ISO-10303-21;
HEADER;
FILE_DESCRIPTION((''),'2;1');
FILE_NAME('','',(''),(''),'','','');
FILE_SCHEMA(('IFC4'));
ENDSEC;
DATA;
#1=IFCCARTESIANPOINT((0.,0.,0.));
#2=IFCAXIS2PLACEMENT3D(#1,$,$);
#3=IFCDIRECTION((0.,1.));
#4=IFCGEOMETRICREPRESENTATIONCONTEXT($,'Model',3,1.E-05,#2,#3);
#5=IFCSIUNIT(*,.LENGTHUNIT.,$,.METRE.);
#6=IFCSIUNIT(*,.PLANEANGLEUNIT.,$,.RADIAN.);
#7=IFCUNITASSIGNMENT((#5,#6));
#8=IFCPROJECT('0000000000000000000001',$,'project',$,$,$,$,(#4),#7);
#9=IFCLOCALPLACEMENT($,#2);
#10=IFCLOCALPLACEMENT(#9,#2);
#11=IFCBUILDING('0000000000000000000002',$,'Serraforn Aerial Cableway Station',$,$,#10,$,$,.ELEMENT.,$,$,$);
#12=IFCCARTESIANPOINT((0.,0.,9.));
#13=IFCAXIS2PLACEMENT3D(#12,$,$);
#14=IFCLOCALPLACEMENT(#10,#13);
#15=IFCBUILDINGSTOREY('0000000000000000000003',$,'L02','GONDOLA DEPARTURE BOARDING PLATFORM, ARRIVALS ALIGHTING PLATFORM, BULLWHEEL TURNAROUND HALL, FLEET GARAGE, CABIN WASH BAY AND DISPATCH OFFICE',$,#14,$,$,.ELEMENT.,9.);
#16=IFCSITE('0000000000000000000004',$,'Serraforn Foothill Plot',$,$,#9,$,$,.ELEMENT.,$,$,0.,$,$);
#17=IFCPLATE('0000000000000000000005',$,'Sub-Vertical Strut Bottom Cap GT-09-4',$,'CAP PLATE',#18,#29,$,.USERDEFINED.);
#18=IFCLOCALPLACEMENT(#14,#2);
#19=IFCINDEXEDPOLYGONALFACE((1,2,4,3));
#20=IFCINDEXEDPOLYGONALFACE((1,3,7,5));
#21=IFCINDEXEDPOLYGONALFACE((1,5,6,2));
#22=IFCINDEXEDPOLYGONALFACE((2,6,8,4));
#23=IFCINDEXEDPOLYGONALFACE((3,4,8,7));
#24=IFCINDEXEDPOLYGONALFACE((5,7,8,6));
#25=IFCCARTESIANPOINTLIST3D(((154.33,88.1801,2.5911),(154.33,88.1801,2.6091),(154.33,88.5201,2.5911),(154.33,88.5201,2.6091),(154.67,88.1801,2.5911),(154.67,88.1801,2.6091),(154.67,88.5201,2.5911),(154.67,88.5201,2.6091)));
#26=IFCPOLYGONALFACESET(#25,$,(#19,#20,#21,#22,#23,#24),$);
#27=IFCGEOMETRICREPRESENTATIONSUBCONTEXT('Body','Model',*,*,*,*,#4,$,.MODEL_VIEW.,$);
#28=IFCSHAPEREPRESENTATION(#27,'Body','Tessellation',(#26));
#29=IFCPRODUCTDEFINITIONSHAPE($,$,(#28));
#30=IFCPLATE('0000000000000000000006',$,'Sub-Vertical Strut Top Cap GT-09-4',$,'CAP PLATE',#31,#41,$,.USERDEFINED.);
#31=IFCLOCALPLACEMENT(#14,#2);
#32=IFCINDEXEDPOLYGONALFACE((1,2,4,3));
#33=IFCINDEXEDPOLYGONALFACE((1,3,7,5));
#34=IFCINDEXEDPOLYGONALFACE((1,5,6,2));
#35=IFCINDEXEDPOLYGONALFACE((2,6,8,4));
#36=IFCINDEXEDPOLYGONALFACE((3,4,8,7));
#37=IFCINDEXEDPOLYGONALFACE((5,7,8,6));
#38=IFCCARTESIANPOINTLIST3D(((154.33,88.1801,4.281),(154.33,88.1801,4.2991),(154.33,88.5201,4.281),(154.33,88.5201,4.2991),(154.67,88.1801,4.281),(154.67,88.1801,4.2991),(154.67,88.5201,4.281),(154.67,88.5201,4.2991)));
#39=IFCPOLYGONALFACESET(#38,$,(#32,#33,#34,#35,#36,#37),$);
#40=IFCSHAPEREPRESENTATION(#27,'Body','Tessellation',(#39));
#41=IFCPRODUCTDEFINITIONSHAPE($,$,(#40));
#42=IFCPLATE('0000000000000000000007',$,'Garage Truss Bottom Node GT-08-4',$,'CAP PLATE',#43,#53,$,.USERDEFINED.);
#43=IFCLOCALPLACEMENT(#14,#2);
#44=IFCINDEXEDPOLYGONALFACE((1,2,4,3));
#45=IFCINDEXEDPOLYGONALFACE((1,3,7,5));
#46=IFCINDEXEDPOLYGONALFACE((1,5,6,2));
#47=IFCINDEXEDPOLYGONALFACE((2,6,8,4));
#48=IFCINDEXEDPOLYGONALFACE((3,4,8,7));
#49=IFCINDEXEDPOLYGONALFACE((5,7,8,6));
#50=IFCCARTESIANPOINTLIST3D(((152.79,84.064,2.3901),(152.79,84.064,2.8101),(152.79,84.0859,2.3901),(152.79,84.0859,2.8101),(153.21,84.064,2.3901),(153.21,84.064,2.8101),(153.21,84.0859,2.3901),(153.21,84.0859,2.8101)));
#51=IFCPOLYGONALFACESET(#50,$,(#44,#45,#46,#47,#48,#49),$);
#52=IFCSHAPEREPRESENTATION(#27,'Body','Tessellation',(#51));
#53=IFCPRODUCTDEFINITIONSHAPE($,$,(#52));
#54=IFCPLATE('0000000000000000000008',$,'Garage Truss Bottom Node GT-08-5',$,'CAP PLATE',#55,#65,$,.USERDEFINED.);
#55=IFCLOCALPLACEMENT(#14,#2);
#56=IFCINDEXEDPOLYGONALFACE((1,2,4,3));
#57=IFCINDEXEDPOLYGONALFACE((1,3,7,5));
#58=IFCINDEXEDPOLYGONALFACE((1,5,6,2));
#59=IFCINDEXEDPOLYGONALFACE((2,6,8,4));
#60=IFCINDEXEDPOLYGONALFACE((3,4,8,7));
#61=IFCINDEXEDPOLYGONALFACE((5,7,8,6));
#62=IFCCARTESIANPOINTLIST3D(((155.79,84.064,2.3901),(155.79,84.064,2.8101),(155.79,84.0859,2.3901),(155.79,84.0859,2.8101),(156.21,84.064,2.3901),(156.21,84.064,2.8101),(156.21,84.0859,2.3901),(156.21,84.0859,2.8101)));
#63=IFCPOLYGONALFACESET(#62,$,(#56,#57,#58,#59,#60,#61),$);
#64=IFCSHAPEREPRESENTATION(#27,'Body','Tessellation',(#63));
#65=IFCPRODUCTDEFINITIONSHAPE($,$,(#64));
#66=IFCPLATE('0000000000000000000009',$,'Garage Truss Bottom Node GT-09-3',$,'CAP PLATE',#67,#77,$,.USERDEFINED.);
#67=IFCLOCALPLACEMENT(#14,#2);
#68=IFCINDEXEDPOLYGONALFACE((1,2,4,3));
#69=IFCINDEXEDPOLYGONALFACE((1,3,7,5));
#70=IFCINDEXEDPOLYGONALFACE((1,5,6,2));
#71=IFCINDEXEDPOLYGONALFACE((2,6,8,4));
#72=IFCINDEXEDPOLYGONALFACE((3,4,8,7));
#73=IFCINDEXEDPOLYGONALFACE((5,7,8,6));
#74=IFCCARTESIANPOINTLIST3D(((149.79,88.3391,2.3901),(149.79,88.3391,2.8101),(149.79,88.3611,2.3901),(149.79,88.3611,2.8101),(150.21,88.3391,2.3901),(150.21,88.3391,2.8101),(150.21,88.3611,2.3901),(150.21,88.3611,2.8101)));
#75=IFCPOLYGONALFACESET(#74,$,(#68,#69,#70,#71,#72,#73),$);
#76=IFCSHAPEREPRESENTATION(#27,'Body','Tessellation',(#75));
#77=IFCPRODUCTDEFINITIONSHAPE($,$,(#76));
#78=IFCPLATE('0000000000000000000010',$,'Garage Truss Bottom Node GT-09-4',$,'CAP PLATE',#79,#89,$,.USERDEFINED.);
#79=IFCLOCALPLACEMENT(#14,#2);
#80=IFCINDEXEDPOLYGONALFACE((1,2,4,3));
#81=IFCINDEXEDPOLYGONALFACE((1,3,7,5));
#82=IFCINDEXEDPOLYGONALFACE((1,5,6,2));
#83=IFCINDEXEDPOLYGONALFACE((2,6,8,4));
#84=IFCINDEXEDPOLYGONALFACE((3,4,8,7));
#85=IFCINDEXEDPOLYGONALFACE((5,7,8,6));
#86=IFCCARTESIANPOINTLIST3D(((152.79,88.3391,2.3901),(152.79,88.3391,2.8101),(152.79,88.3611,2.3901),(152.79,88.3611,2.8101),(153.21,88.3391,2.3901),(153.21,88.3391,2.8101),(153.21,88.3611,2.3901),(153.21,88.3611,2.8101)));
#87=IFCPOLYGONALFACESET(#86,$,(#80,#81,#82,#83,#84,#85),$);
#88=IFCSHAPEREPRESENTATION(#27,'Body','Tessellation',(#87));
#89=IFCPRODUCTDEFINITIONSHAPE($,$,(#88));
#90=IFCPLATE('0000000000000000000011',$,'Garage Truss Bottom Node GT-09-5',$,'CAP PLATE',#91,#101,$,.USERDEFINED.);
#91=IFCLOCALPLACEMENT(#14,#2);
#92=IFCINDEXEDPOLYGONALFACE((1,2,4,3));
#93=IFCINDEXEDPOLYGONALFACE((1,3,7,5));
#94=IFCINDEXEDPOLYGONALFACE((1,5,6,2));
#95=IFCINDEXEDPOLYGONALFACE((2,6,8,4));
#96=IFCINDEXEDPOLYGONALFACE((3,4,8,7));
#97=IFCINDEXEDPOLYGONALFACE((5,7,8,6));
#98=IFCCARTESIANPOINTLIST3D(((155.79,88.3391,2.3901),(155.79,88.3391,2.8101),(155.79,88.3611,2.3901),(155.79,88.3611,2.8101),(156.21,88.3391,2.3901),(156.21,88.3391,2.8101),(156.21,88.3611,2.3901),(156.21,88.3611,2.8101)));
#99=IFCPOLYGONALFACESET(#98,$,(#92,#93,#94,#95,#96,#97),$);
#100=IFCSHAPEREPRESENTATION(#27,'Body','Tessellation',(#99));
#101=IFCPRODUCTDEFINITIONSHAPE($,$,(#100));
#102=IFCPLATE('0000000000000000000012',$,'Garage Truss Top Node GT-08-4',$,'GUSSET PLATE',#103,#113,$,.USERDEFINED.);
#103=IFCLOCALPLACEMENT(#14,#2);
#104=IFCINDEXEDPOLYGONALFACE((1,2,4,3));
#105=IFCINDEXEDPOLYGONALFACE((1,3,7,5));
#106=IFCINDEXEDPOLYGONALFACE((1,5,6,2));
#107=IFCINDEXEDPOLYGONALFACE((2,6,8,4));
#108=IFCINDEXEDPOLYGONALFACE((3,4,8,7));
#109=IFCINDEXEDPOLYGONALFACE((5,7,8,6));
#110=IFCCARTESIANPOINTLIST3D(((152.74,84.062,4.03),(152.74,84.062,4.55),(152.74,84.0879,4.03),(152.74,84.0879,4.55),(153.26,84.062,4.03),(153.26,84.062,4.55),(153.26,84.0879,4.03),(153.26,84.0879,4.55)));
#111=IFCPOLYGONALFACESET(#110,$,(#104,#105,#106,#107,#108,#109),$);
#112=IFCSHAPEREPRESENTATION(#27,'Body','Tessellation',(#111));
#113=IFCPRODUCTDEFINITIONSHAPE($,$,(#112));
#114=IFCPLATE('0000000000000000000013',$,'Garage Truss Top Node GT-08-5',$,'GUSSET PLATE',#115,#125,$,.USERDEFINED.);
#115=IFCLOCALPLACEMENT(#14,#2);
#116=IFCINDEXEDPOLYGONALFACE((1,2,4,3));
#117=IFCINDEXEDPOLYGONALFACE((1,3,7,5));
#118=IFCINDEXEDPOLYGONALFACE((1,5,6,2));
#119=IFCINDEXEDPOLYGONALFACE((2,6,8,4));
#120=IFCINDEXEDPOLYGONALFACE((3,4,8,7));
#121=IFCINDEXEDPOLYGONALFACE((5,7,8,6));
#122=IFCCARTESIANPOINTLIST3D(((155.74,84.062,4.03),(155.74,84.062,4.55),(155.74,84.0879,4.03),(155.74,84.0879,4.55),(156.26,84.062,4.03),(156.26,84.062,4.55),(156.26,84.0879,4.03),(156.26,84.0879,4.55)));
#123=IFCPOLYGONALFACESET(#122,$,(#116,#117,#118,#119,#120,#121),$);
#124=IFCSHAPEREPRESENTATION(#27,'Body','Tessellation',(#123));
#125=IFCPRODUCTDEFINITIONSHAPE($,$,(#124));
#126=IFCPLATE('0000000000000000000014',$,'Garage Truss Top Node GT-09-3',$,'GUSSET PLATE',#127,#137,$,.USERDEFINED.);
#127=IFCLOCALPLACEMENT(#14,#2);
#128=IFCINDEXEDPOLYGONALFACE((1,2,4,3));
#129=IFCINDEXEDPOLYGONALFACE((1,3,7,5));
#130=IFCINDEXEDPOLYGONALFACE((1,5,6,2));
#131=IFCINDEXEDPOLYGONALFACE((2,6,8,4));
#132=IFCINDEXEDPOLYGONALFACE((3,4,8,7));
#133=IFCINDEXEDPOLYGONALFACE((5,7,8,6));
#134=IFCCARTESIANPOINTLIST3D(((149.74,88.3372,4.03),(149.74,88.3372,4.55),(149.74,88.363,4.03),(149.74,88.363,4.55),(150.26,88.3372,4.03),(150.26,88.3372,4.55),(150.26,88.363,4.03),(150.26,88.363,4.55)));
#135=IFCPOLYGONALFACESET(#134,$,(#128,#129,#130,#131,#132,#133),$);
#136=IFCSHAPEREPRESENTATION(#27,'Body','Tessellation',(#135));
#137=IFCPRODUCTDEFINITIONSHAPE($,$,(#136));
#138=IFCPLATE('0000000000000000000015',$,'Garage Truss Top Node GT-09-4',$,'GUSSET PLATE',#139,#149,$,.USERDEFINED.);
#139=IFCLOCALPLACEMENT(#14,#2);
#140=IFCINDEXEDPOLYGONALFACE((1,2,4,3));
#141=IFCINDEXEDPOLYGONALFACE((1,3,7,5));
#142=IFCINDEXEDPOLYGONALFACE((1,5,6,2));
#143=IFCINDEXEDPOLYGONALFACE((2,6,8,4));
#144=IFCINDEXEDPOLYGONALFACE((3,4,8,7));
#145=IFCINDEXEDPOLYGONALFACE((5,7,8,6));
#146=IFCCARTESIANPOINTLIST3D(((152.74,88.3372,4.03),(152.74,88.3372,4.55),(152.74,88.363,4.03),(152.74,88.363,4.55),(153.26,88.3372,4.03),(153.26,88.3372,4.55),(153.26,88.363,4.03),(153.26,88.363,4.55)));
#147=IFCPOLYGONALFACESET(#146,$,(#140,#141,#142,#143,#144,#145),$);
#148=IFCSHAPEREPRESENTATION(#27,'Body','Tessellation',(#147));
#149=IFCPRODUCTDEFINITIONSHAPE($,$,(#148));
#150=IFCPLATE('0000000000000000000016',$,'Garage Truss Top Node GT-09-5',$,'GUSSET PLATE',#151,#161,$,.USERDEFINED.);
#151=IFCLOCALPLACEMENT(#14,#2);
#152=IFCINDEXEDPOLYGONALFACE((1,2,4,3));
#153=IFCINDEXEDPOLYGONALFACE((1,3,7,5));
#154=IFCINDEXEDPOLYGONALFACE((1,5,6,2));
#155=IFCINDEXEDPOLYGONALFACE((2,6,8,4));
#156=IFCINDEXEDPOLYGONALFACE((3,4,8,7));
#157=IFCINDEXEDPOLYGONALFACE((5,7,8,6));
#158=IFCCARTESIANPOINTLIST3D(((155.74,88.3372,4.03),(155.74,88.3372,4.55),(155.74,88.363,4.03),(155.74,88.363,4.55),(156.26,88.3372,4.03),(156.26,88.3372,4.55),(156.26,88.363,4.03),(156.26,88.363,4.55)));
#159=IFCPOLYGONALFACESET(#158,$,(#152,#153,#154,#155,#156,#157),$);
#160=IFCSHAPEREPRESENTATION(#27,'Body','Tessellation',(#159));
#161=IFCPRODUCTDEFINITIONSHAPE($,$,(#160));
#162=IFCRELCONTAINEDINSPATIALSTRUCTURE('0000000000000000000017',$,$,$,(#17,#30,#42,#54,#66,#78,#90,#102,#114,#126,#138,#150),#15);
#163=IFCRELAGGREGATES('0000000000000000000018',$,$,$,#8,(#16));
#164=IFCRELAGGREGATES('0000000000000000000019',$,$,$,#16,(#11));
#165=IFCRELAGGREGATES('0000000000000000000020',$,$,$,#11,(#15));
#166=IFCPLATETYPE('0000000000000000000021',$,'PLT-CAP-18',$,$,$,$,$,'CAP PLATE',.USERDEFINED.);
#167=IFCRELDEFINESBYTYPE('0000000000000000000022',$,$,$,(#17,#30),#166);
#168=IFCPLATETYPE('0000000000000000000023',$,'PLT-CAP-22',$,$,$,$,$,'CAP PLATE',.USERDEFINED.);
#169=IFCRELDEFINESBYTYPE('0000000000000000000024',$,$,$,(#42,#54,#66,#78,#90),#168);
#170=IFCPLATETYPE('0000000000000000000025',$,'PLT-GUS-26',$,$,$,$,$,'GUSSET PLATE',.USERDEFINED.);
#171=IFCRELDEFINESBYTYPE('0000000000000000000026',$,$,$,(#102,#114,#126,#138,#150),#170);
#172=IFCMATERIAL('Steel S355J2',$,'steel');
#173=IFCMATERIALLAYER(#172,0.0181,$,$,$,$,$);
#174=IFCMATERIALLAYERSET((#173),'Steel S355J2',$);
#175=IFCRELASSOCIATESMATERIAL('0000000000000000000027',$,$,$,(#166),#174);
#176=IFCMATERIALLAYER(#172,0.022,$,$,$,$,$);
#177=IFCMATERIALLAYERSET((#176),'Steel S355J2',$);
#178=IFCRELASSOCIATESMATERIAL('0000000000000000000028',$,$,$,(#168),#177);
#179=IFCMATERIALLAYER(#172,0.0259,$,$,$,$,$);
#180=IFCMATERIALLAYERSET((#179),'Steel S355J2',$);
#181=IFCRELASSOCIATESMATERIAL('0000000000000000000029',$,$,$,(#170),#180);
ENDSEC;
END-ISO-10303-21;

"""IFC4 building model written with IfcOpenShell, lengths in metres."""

from ifc_helpers import new_model, si_unit, direction, frame, origin, origin_2d, place, context, subcontext, project, spatial, rectangle, extrude, material, layer, layer_set, type_object, element, save


model = new_model("IFC4")

# Units and contexts
model_context = context("Model", 3, precision=1e-05, world=origin(), true_north=direction((0.0, 1.0)))
body_context = subcontext(model_context, "Body", "Model", "MODEL_VIEW")
ifc_project = project(units=[si_unit("LENGTHUNIT", "METRE"), si_unit("PLANEANGLEUNIT", "RADIAN")], contexts=[model_context])

# Site, building, storey
site_placement = place(None, origin())
site = spatial("IfcSite", under=ifc_project, at=site_placement, Name="Serraforn Foothill Plot", CompositionType="ELEMENT", RefElevation=0.0)
building_placement = place(site_placement, origin())
building = spatial("IfcBuilding", under=site, at=building_placement, Name="Serraforn Aerial Cableway Station", CompositionType="ELEMENT")
storey_placement = place(building_placement, frame((0.0, 0.0, 9.0)))
storey = spatial("IfcBuildingStorey", under=building, at=storey_placement, Name="L02", Description="GONDOLA DEPARTURE BOARDING PLATFORM, ARRIVALS ALIGHTING PLATFORM, BULLWHEEL TURNAROUND HALL, FLEET GARAGE, CABIN WASH BAY AND DISPATCH OFFICE", CompositionType="ELEMENT", Elevation=9.0)

# Shared definitions
ifc_material_1 = material(Name="Steel S355J2", Category="steel")

# Plates
ifc_layer_1 = layer(ifc_material_1, 0.0181)
ifc_layer_set_1 = layer_set([ifc_layer_1], Name="Steel S355J2")
plate_type_1 = type_object("IfcPlateType", Name="PLT-CAP-18", ElementType="CAP PLATE", PredefinedType="USERDEFINED", material=ifc_layer_set_1)
for number, where, z_axis, x_axis, name in (
    (1, (154.5, 88.3501, 2.5911), (0.0, 0.0, 1.0), (1.0, 0.0, 0.0), "Sub-Vertical Strut Bottom Cap GT-09-4"),
    (2, (154.5, 88.3501, 4.281), (0.0, 0.0, 1.0), (1.0, 0.0, 0.0), "Sub-Vertical Strut Top Cap GT-09-4"),
):
    element("IfcPlate", number, at=place(storey_placement, frame(where, z_axis=z_axis, x_axis=x_axis)), inside=storey, type_object=plate_type_1, Name=name, ObjectType="CAP PLATE", PredefinedType="USERDEFINED", context=body_context, shape_type="SweptSolid", body=[
        extrude(rectangle(XDim=0.3401, YDim=0.3401, at=origin_2d()), origin(), (0.0, 0.0, 1.0), 0.0181),
    ])
ifc_layer_2 = layer(ifc_material_1, 0.022)
ifc_layer_set_2 = layer_set([ifc_layer_2], Name="Steel S355J2")
plate_type_2 = type_object("IfcPlateType", Name="PLT-CAP-22", ElementType="CAP PLATE", PredefinedType="USERDEFINED", material=ifc_layer_set_2)
for number, where, z_axis, x_axis, name in (
    (3, (153.0, 84.075, 2.3901), (0.0, 0.0, 1.0), (1.0, 0.0, 0.0), "Garage Truss Bottom Node GT-08-4"),
    (4, (156.0, 84.075, 2.3901), (0.0, 0.0, 1.0), (1.0, 0.0, 0.0), "Garage Truss Bottom Node GT-08-5"),
    (5, (150.0, 88.3501, 2.3901), (0.0, 0.0, 1.0), (1.0, 0.0, 0.0), "Garage Truss Bottom Node GT-09-3"),
    (6, (153.0, 88.3501, 2.3901), (0.0, 0.0, 1.0), (1.0, 0.0, 0.0), "Garage Truss Bottom Node GT-09-4"),
    (7, (156.0, 88.3501, 2.3901), (0.0, 0.0, 1.0), (1.0, 0.0, 0.0), "Garage Truss Bottom Node GT-09-5"),
):
    element("IfcPlate", number, at=place(storey_placement, frame(where, z_axis=z_axis, x_axis=x_axis)), inside=storey, type_object=plate_type_2, Name=name, ObjectType="CAP PLATE", PredefinedType="USERDEFINED", context=body_context, shape_type="SweptSolid", body=[
        extrude(rectangle(XDim=0.4199, YDim=0.022, at=origin_2d()), origin(), (0.0, 0.0, 1.0), 0.4199),
    ])
ifc_layer_3 = layer(ifc_material_1, 0.0259)
ifc_layer_set_3 = layer_set([ifc_layer_3], Name="Steel S355J2")
plate_type_3 = type_object("IfcPlateType", Name="PLT-GUS-26", ElementType="GUSSET PLATE", PredefinedType="USERDEFINED", material=ifc_layer_set_3)
for number, where, z_axis, x_axis, name in (
    (8, (153.0, 84.075, 4.03), (0.0, 0.0, 1.0), (1.0, 0.0, 0.0), "Garage Truss Top Node GT-08-4"),
    (9, (156.0, 84.075, 4.03), (0.0, 0.0, 1.0), (1.0, 0.0, 0.0), "Garage Truss Top Node GT-08-5"),
    (10, (150.0, 88.3501, 4.03), (0.0, 0.0, 1.0), (1.0, 0.0, 0.0), "Garage Truss Top Node GT-09-3"),
    (11, (153.0, 88.3501, 4.03), (0.0, 0.0, 1.0), (1.0, 0.0, 0.0), "Garage Truss Top Node GT-09-4"),
    (12, (156.0, 88.3501, 4.03), (0.0, 0.0, 1.0), (1.0, 0.0, 0.0), "Garage Truss Top Node GT-09-5"),
):
    element("IfcPlate", number, at=place(storey_placement, frame(where, z_axis=z_axis, x_axis=x_axis)), inside=storey, type_object=plate_type_3, Name=name, ObjectType="GUSSET PLATE", PredefinedType="USERDEFINED", context=body_context, shape_type="SweptSolid", body=[
        extrude(rectangle(XDim=0.52, YDim=0.0259, at=origin_2d()), origin(), (0.0, 0.0, 1.0), 0.52),
    ])

save(model, "model.ifc")
